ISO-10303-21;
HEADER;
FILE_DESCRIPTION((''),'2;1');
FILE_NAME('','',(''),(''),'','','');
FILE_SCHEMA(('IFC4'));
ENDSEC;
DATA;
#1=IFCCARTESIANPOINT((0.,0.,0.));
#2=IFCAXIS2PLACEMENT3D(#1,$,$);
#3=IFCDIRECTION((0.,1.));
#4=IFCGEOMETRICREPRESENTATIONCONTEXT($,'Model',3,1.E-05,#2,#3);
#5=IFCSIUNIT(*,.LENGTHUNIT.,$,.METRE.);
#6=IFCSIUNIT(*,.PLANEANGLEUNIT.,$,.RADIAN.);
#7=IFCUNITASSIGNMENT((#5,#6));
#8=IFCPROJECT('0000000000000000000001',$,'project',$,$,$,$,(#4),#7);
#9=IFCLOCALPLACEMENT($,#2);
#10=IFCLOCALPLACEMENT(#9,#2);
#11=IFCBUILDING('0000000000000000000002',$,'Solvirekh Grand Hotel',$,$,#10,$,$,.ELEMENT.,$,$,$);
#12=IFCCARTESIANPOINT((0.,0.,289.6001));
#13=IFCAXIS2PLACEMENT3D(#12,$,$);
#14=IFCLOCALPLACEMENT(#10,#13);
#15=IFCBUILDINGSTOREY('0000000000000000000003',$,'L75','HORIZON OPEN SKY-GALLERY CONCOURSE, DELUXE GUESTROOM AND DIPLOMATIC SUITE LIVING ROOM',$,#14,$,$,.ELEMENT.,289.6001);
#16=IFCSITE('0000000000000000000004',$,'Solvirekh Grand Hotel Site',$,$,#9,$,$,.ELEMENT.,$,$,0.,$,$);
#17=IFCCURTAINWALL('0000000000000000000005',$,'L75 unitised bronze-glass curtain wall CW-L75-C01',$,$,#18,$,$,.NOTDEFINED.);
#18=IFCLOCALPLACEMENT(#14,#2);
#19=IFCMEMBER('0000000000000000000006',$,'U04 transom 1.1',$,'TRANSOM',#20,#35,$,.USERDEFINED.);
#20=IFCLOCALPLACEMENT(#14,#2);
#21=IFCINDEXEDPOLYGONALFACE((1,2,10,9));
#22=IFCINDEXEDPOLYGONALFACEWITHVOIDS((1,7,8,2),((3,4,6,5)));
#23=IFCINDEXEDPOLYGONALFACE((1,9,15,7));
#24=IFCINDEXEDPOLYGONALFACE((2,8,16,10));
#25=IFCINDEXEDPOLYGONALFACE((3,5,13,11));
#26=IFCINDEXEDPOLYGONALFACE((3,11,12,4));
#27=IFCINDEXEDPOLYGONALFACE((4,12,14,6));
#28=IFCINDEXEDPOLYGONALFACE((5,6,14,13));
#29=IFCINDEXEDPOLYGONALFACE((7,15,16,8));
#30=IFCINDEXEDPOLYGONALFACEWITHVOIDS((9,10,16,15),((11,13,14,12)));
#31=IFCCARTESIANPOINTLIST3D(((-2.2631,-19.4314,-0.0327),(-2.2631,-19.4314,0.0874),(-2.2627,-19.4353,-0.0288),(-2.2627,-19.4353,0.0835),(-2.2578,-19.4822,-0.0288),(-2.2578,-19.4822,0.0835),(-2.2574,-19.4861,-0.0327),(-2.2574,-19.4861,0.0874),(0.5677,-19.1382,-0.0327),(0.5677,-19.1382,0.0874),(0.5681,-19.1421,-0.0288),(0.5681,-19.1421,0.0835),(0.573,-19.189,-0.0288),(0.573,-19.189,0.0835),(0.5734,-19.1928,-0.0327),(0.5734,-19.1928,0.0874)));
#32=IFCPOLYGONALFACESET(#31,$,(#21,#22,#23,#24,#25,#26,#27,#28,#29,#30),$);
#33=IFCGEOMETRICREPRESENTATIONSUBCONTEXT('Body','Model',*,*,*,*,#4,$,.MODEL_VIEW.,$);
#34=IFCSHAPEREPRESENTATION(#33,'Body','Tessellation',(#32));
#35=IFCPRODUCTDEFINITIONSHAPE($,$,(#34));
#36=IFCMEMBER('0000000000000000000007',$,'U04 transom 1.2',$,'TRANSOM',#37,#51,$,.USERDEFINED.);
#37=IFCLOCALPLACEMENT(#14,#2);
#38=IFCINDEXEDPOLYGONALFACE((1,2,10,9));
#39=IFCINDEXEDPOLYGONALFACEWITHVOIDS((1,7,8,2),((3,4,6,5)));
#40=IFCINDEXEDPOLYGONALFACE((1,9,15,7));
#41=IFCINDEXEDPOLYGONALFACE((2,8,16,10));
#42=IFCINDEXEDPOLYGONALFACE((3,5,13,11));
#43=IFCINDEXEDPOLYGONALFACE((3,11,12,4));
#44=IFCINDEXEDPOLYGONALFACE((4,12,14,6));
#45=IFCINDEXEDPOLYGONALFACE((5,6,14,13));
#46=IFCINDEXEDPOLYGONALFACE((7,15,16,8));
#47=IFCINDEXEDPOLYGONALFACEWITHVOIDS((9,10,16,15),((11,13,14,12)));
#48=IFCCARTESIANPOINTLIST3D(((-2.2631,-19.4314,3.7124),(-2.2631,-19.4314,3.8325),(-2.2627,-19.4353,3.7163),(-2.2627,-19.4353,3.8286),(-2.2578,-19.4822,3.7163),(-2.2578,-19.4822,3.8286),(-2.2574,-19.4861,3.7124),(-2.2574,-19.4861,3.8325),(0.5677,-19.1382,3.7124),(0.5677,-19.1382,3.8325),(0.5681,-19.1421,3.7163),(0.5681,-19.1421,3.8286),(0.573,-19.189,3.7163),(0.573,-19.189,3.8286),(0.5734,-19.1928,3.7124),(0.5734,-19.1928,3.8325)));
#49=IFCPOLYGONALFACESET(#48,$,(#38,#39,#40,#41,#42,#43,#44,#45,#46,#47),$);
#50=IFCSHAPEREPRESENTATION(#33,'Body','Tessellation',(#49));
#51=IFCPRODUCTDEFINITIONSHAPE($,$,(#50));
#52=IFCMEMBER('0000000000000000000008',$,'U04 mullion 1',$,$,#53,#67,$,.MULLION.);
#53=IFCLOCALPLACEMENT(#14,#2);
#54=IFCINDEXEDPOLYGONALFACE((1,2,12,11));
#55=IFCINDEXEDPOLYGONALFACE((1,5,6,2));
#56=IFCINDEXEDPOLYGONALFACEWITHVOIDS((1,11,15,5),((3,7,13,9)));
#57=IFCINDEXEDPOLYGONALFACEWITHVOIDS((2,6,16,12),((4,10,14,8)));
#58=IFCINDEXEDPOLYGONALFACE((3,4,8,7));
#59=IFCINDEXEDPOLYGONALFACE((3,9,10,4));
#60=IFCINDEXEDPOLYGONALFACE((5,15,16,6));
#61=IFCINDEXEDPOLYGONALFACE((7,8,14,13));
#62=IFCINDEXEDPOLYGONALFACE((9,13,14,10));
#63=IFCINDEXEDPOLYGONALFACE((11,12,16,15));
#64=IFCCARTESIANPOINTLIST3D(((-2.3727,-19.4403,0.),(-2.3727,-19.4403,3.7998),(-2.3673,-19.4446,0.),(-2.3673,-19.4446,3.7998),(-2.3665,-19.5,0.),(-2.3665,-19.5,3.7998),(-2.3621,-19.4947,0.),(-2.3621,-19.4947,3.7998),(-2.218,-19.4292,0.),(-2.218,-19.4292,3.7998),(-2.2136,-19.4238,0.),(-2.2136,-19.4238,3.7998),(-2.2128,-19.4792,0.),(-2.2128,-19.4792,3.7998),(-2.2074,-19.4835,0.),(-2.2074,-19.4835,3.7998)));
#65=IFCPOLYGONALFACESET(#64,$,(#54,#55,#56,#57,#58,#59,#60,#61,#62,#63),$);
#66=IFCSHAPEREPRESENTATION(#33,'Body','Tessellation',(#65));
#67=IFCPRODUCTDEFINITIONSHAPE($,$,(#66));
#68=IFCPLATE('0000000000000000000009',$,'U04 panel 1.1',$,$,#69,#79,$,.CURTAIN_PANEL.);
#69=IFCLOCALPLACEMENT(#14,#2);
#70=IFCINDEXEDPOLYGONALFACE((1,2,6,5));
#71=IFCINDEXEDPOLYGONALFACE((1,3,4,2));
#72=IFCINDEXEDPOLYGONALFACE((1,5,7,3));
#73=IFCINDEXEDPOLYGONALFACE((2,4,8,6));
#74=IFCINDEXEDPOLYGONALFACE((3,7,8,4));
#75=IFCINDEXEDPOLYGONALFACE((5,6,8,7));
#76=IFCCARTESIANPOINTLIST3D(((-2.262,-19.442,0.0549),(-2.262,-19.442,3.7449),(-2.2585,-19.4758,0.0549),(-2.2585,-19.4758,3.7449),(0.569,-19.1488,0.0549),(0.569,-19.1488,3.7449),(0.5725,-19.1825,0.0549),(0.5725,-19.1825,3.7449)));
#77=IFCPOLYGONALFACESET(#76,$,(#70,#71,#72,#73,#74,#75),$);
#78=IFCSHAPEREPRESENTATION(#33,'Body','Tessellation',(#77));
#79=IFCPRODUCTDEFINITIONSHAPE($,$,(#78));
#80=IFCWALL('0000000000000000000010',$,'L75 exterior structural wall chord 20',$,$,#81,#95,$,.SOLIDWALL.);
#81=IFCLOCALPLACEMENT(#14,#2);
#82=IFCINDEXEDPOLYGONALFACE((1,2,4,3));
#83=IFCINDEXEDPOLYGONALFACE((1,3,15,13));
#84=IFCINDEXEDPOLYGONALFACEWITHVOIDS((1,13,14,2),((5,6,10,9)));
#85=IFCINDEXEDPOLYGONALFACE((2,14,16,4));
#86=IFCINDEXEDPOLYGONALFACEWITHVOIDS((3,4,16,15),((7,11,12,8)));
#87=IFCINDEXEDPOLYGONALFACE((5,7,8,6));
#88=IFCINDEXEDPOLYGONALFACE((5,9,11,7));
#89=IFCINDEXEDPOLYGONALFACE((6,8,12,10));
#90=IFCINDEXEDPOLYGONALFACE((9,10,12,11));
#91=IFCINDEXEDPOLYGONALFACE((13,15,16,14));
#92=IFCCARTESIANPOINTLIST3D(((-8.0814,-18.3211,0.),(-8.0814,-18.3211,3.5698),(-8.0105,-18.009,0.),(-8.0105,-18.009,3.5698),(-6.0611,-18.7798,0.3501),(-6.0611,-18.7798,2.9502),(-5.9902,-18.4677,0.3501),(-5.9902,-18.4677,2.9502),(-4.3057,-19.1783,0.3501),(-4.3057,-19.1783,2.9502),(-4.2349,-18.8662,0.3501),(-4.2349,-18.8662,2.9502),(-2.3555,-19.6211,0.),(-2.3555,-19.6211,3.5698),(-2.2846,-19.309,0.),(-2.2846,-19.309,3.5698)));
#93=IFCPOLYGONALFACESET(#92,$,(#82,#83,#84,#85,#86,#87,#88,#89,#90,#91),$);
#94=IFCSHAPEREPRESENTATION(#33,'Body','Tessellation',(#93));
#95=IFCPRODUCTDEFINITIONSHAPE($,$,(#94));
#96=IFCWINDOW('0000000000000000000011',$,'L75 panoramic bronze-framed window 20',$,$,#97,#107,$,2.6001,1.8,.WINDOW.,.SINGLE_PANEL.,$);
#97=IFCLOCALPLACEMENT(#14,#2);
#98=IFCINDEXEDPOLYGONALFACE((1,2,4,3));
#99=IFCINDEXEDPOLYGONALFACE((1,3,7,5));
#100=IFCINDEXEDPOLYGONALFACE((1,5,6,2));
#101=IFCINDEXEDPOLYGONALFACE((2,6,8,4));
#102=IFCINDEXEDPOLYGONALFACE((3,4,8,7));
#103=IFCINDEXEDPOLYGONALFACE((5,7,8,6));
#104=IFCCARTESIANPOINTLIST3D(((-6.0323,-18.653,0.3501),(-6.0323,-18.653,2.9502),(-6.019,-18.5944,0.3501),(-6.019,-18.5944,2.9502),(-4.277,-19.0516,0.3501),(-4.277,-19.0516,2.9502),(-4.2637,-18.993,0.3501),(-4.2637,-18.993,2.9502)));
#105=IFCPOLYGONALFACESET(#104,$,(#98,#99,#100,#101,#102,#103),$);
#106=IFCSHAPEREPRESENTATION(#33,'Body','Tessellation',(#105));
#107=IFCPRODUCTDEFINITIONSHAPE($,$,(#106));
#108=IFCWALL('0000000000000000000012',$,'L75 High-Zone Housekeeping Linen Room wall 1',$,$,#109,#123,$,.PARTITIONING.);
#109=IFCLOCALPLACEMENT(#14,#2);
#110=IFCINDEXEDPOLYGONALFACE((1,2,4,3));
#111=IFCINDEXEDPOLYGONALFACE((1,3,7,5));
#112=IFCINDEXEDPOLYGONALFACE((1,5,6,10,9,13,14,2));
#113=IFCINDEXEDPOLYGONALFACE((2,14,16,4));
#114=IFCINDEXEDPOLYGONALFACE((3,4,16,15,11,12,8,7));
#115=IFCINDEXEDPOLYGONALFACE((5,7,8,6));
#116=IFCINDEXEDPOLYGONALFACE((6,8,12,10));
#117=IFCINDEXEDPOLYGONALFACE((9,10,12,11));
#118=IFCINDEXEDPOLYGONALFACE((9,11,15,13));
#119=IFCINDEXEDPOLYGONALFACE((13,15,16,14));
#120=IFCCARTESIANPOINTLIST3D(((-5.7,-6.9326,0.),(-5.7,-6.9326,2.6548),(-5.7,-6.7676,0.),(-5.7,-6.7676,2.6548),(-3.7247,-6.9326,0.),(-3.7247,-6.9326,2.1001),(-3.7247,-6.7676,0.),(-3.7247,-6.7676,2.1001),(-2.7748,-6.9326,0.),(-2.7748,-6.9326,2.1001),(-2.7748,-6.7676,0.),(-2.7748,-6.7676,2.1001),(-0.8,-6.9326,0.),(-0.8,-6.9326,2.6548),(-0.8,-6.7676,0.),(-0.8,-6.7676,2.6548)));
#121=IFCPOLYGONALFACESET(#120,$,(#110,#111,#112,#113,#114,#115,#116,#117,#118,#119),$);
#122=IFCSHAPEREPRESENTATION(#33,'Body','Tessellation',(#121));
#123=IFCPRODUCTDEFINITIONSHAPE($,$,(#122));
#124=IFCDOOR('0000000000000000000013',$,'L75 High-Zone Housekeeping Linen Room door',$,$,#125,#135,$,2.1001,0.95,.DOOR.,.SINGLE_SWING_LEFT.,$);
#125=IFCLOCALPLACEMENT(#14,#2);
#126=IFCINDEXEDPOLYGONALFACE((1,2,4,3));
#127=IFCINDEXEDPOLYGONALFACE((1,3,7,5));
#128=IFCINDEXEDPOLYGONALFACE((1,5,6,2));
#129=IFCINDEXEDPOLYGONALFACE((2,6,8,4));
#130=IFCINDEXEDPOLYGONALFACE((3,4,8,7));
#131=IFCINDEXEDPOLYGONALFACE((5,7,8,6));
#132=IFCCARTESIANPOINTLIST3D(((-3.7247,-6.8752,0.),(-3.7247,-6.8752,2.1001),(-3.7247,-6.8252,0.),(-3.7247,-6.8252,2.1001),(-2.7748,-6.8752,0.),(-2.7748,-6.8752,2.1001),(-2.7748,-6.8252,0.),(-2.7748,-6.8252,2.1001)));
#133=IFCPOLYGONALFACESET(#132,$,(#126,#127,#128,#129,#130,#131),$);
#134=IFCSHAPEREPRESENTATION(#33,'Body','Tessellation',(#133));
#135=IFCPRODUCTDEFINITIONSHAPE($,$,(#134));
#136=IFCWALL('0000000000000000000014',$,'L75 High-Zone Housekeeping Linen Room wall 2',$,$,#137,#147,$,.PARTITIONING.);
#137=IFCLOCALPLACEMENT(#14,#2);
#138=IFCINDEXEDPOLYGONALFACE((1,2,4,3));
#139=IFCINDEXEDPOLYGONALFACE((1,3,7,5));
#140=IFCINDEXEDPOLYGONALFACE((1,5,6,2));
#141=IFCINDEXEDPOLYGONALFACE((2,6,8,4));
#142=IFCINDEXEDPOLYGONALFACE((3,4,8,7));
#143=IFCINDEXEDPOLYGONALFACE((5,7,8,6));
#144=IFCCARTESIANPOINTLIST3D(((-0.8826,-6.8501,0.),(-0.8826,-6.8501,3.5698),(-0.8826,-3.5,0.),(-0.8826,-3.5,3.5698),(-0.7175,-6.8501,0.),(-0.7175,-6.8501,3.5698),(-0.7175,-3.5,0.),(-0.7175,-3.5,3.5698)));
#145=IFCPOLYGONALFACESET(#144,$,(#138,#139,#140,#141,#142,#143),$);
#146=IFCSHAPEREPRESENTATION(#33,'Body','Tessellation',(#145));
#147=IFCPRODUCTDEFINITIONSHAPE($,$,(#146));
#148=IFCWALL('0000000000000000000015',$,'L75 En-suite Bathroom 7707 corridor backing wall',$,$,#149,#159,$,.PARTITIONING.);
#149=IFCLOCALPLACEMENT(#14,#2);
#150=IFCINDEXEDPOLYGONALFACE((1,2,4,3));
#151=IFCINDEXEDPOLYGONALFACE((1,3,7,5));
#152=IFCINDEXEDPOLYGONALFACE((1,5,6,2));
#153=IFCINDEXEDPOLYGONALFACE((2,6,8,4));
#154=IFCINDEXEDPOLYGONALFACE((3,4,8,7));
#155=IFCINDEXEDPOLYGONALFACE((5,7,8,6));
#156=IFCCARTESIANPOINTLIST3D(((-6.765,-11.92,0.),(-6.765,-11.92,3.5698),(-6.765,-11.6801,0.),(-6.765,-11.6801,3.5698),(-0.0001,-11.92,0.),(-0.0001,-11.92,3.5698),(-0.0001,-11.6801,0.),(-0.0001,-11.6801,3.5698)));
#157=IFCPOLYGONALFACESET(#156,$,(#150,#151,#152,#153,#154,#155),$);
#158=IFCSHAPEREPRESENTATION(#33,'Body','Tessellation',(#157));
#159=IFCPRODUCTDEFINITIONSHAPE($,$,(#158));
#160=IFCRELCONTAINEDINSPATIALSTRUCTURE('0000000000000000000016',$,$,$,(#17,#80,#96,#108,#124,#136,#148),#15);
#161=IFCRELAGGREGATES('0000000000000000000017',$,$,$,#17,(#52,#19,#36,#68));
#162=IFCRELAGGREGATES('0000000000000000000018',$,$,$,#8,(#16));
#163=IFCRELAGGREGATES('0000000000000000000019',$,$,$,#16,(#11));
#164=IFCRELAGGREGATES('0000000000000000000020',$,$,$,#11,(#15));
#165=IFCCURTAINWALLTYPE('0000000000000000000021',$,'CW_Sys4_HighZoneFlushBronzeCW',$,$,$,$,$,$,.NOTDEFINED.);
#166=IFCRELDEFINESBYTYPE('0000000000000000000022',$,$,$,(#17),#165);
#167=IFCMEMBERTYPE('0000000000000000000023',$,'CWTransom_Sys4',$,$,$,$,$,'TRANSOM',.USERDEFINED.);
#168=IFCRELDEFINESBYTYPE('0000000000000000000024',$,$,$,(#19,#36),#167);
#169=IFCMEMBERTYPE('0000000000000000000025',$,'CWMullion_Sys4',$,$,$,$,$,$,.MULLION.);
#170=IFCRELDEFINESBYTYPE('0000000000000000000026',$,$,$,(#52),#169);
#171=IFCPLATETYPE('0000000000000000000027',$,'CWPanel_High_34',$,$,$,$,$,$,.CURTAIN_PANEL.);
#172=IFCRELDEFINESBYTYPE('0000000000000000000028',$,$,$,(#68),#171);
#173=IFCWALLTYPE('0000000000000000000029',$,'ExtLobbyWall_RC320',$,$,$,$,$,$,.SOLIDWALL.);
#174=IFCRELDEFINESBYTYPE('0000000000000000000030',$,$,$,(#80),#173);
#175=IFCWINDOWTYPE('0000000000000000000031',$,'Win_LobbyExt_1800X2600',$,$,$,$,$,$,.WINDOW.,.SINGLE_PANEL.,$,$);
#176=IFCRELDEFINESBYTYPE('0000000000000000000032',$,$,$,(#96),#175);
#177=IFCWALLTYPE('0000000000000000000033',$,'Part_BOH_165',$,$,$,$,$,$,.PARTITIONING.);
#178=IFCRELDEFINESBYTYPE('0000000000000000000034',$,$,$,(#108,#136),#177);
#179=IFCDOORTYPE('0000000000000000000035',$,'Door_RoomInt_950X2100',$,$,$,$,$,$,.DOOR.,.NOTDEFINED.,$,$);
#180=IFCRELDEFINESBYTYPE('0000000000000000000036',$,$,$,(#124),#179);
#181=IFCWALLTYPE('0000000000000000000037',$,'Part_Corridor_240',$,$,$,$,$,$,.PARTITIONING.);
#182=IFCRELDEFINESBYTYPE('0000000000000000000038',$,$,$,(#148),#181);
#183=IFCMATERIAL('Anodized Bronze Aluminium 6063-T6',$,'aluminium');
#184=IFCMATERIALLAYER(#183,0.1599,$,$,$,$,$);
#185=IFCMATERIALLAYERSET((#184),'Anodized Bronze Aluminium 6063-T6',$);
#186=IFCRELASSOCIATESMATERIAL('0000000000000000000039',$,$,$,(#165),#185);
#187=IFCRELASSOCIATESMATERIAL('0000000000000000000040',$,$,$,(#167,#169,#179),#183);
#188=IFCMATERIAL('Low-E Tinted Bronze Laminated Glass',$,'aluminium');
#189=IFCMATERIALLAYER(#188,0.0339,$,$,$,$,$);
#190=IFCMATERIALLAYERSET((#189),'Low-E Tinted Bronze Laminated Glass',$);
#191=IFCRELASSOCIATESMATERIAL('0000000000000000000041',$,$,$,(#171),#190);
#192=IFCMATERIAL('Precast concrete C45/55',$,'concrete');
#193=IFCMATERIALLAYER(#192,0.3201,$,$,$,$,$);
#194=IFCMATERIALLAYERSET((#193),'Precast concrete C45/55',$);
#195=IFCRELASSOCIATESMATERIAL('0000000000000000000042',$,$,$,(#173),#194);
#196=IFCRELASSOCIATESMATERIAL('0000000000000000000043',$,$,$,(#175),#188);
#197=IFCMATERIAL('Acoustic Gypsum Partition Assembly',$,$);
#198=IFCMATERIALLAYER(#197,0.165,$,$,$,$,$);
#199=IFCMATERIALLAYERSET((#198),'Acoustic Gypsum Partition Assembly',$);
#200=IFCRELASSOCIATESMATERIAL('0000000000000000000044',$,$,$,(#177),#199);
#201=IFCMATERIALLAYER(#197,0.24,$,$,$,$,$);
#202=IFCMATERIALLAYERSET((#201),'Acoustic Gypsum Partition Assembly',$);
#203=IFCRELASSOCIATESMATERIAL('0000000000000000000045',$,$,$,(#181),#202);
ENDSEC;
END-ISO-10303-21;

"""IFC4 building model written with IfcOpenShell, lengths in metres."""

from ifc_helpers import new_model, si_unit, direction, frame, frame_2d, origin, origin_2d, place, context, subcontext, project, spatial, rectangle, hollow_rectangle, extrude, source, transform, mapped, material, layer, layer_set, material_profile, profile_set, type_object, element, fill, aggregate, save


model = new_model("IFC4")

# Units and contexts
model_context = context("Model", 3, precision=1e-05, world=origin(), true_north=direction((0.0, 1.0)))
body_context = subcontext(model_context, "Body", "Model", "MODEL_VIEW")
ifc_project = project(units=[si_unit("LENGTHUNIT", "METRE"), si_unit("PLANEANGLEUNIT", "RADIAN")], contexts=[model_context])

# Site, building, storey
site_placement = place(None, origin())
site = spatial("IfcSite", under=ifc_project, at=site_placement, Name="Solvirekh Grand Hotel Site", CompositionType="ELEMENT", RefElevation=0.0)
building_placement = place(site_placement, origin())
building = spatial("IfcBuilding", under=site, at=building_placement, Name="Solvirekh Grand Hotel", CompositionType="ELEMENT")
storey_placement = place(building_placement, frame((0.0, 0.0, 289.6001)))
storey = spatial("IfcBuildingStorey", under=building, at=storey_placement, Name="L75", Description="HORIZON OPEN SKY-GALLERY CONCOURSE, DELUXE GUESTROOM AND DIPLOMATIC SUITE LIVING ROOM", CompositionType="ELEMENT", Elevation=289.6001)

# Curtain wall, members, plate
ifc_material_1 = material(Name="Anodized Bronze Aluminium 6063-T6", Category="aluminium")
ifc_layer_1 = layer(ifc_material_1, 0.1599)
ifc_layer_set_1 = layer_set([ifc_layer_1], Name="Anodized Bronze Aluminium 6063-T6")
curtain_wall_type = type_object("IfcCurtainWallType", Name="CW_Sys4_HighZoneFlushBronzeCW", PredefinedType="NOTDEFINED", material=ifc_layer_set_1)
curtain_wall_placement = place(storey_placement, origin())
curtain_wall = element("IfcCurtainWall", 1, at=curtain_wall_placement, inside=storey, type_object=curtain_wall_type, Name="L75 unitised bronze-glass curtain wall CW-L75-C01", PredefinedType="NOTDEFINED")
ifc_material_profile_1 = material_profile(ifc_material_1, hollow_rectangle(XDim=0.0549, YDim=0.1201, WallThickness=0.0039, at=origin_2d()), Name="ALU RHS 120X55X4")
ifc_profile_set_1 = profile_set([ifc_material_profile_1], Name="Anodized Bronze Aluminium 6063-T6")
member_type_1 = type_object("IfcMemberType", Name="CWTransom_Sys4", ElementType="TRANSOM", PredefinedType="USERDEFINED", material=ifc_profile_set_1)
shared_shape_1 = source(origin(), body_context, "Body", "SweptSolid", [
    extrude(hollow_rectangle(XDim=0.0549, YDim=0.1201, WallThickness=0.0039, at=origin_2d()), origin(), (0.0, 0.0, 1.0), 2.8459),
])
member_1_placement = place(storey_placement, frame((-2.2603, -19.4587, 0.0273), z_axis=(0.994678, 0.103028, 0.0), x_axis=(-0.103028, 0.994678, 0.0)))
member_1 = element("IfcMember", 2, at=member_1_placement, type_object=member_type_1, Name="U04 transom 1.1", ObjectType="TRANSOM", PredefinedType="USERDEFINED", context=body_context, shape_type="MappedRepresentation", body=[
    mapped(shared_shape_1, transform((0.0, 0.0, 0.0), x_axis=(1.0, 0.0, 0.0), y_axis=(0.0, 1.0, 0.0), z_axis=(0.0, 0.0, 1.0), scale=1.0)),
])
member_2_placement = place(storey_placement, frame((-2.2603, -19.4587, 3.7725), z_axis=(0.994678, 0.103028, 0.0), x_axis=(-0.103028, 0.994678, 0.0)))
member_2 = element("IfcMember", 3, at=member_2_placement, type_object=member_type_1, Name="U04 transom 1.2", ObjectType="TRANSOM", PredefinedType="USERDEFINED", context=body_context, shape_type="MappedRepresentation", body=[
    mapped(shared_shape_1, transform((0.0, 0.0, 0.0), x_axis=(1.0, 0.0, 0.0), y_axis=(0.0, 1.0, 0.0), z_axis=(0.0, 0.0, 1.0), scale=1.0)),
])
ifc_material_profile_2 = material_profile(ifc_material_1, hollow_rectangle(XDim=0.0601, YDim=0.1599, WallThickness=0.0049, at=origin_2d()), Name="ALU RHS 160X60X5")
ifc_profile_set_2 = profile_set([ifc_material_profile_2], Name="Anodized Bronze Aluminium 6063-T6")
member_type_2 = type_object("IfcMemberType", Name="CWMullion_Sys4", PredefinedType="MULLION", material=ifc_profile_set_2)
shared_shape_2 = source(origin(), body_context, "Body", "SweptSolid", [
    extrude(hollow_rectangle(XDim=0.0601, YDim=0.1599, WallThickness=0.0049, at=origin_2d()), origin(), (0.0, 0.0, 1.0), 3.7998),
])
member_3_placement = place(storey_placement, frame((-2.29, -19.4619, 0.0), z_axis=(0.0, 0.0, 1.0), x_axis=(-0.103027, 0.994679, 0.0)))
member_3 = element("IfcMember", 4, at=member_3_placement, type_object=member_type_2, Name="U04 mullion 1", PredefinedType="MULLION", context=body_context, shape_type="MappedRepresentation", body=[
    mapped(shared_shape_2, transform((0.0, 0.0, 0.0), x_axis=(1.0, 0.0, 0.0), y_axis=(0.0, 1.0, 0.0), z_axis=(0.0, 0.0, 1.0), scale=1.0)),
])
ifc_material_2 = material(Name="Low-E Tinted Bronze Laminated Glass", Category="aluminium")
ifc_layer_2 = layer(ifc_material_2, 0.0339)
ifc_layer_set_2 = layer_set([ifc_layer_2], Name="Low-E Tinted Bronze Laminated Glass")
plate_type = type_object("IfcPlateType", Name="CWPanel_High_34", PredefinedType="CURTAIN_PANEL", material=ifc_layer_set_2)
shared_shape_3 = source(origin(), body_context, "Body", "SweptSolid", [
    extrude(rectangle(XDim=2.8462, YDim=0.0339, at=origin_2d()), origin(), (0.0, 0.0, 1.0), 3.6899),
])
plate_placement = place(storey_placement, frame((-0.8447, -19.3123, 0.0549), z_axis=(0.0, 0.0, 1.0), x_axis=(0.994679, 0.103027, 0.0)))
plate = element("IfcPlate", 5, at=plate_placement, type_object=plate_type, Name="U04 panel 1.1", PredefinedType="CURTAIN_PANEL", context=body_context, shape_type="MappedRepresentation", body=[
    mapped(shared_shape_3, transform((0.0, 0.0, 0.0), x_axis=(1.0, 0.0, 0.0), y_axis=(0.0, 1.0, 0.0), z_axis=(0.0, 0.0, 1.0), scale=1.0)),
])
aggregate(curtain_wall, [member_3, member_1, member_2, plate])

# Wall, opening, window
ifc_material_3 = material(Name="Precast concrete C45/55", Category="concrete")
ifc_layer_3 = layer(ifc_material_3, 0.3201)
ifc_layer_set_3 = layer_set([ifc_layer_3], Name="Precast concrete C45/55")
wall_type_1 = type_object("IfcWallType", Name="ExtLobbyWall_RC320", PredefinedType="SOLIDWALL", material=ifc_layer_set_3)
wall_1_placement = place(storey_placement, frame((-2.3201, -19.4651, 0.0), z_axis=(0.0, 0.0, 1.0), x_axis=(-0.97518, 0.221414, 0.0)))
wall_1 = element("IfcWall", 6, at=wall_1_placement, inside=storey, type_object=wall_type_1, Name="L75 exterior structural wall chord 20", PredefinedType="SOLIDWALL", context=body_context, shape_type="SweptSolid", body=[
    extrude(rectangle(XDim=5.8716, YDim=0.3201, at=frame_2d((2.9358, 0.0))), origin(), (0.0, 0.0, 1.0), 3.5698),
])
opening_1_placement = place(wall_1_placement, frame((2.0, 0.0, 0.3501)))
opening_1 = element("IfcOpeningElement", 7, at=opening_1_placement, cuts=wall_1, PredefinedType="OPENING", context=body_context, shape_type="SweptSolid", body=[
    extrude(rectangle(XDim=1.8, YDim=2.6001, at=frame_2d((0.8999, 1.3))), frame((0.0, 0.1699, 0.0), z_axis=(0.0, -1.0, 0.0), x_axis=(1.0, 0.0, 0.0)), (0.0, 0.0, 1.0), 0.3401),
])
window_type = type_object("IfcWindowType", Name="Win_LobbyExt_1800X2600", PartitioningType="SINGLE_PANEL", PredefinedType="WINDOW", material=ifc_material_2)
window_placement = place(opening_1_placement, origin())
window = element("IfcWindow", 8, at=window_placement, inside=storey, type_object=window_type, Name="L75 panoramic bronze-framed window 20", OverallHeight=2.6001, OverallWidth=1.8, PartitioningType="SINGLE_PANEL", PredefinedType="WINDOW", context=body_context, shape_type="SweptSolid", body=[
    extrude(rectangle(XDim=1.8, YDim=2.6001, at=frame_2d((0.8999, 1.3))), frame((0.0, 0.03, 0.0), z_axis=(0.0, -1.0, 0.0), x_axis=(1.0, 0.0, 0.0)), (0.0, 0.0, 1.0), 0.0601),
])
fill(opening_1, window)

# Wall, opening, door
ifc_material_4 = material(Name="Acoustic Gypsum Partition Assembly")
ifc_layer_4 = layer(ifc_material_4, 0.165)
ifc_layer_set_4 = layer_set([ifc_layer_4], Name="Acoustic Gypsum Partition Assembly")
wall_type_2 = type_object("IfcWallType", Name="Part_BOH_165", PredefinedType="PARTITIONING", material=ifc_layer_set_4)
wall_2_placement = place(storey_placement, frame((-5.7, -6.8501, 0.0), z_axis=(0.0, 0.0, 1.0), x_axis=(1.0, 0.0, 0.0)))
wall_2 = element("IfcWall", 9, at=wall_2_placement, inside=storey, type_object=wall_type_2, Name="L75 High-Zone Housekeeping Linen Room wall 1", PredefinedType="PARTITIONING", context=body_context, shape_type="SweptSolid", body=[
    extrude(rectangle(XDim=4.8999, YDim=0.165, at=frame_2d((2.45, 0.0))), origin(), (0.0, 0.0, 1.0), 2.6548),
])
opening_2_placement = place(wall_2_placement, frame((1.9751, 0.0, 0.0)))
opening_2 = element("IfcOpeningElement", 10, at=opening_2_placement, cuts=wall_2, PredefinedType="OPENING", context=body_context, shape_type="SweptSolid", body=[
    extrude(rectangle(XDim=0.95, YDim=2.1001, at=frame_2d((0.4751, 1.05))), frame((0.0, 0.0925, 0.0), z_axis=(0.0, -1.0, 0.0), x_axis=(1.0, 0.0, 0.0)), (0.0, 0.0, 1.0), 0.1851),
])
door_type_1 = type_object("IfcDoorType", Name="Door_RoomInt_950X2100", OperationType="NOTDEFINED", PredefinedType="DOOR", material=ifc_material_1)
door_1_placement = place(opening_2_placement, origin())
door_1 = element("IfcDoor", 11, at=door_1_placement, inside=storey, type_object=door_type_1, Name="L75 High-Zone Housekeeping Linen Room door", OperationType="SINGLE_SWING_LEFT", OverallHeight=2.1001, OverallWidth=0.95, PredefinedType="DOOR", context=body_context, shape_type="SweptSolid", body=[
    extrude(rectangle(XDim=0.95, YDim=2.1001, at=frame_2d((0.4751, 1.05))), frame((0.0, 0.0249, 0.0), z_axis=(0.0, -1.0, 0.0), x_axis=(1.0, 0.0, 0.0)), (0.0, 0.0, 1.0), 0.05),
])
fill(opening_2, door_1)

# Walls
wall_3_placement = place(storey_placement, frame((-0.8, -6.8501, 0.0), z_axis=(0.0, 0.0, 1.0), x_axis=(0.0, 1.0, 0.0)))
element("IfcWall", 12, at=wall_3_placement, inside=storey, type_object=wall_type_2, Name="L75 High-Zone Housekeeping Linen Room wall 2", PredefinedType="PARTITIONING", context=body_context, shape_type="SweptSolid", body=[
    extrude(rectangle(XDim=3.3501, YDim=0.165, at=frame_2d((1.675, 0.0))), origin(), (0.0, 0.0, 1.0), 3.5698),
])
ifc_layer_5 = layer(ifc_material_4, 0.24)
ifc_layer_set_5 = layer_set([ifc_layer_5], Name="Acoustic Gypsum Partition Assembly")
wall_type_3 = type_object("IfcWallType", Name="Part_Corridor_240", PredefinedType="PARTITIONING", material=ifc_layer_set_5)
wall_4_placement = place(storey_placement, frame((-6.7649, -11.8, 0.0), z_axis=(0.0, 0.0, 1.0), x_axis=(1.0, 0.0, 0.0)))
element("IfcWall", 13, at=wall_4_placement, inside=storey, type_object=wall_type_3, Name="L75 En-suite Bathroom 7707 corridor backing wall", PredefinedType="PARTITIONING", context=body_context, shape_type="SweptSolid", body=[
    extrude(rectangle(XDim=6.7649, YDim=0.24, at=frame_2d((3.3823, 0.0))), origin(), (0.0, 0.0, 1.0), 3.5698),
])

save(model, "model.ifc")
